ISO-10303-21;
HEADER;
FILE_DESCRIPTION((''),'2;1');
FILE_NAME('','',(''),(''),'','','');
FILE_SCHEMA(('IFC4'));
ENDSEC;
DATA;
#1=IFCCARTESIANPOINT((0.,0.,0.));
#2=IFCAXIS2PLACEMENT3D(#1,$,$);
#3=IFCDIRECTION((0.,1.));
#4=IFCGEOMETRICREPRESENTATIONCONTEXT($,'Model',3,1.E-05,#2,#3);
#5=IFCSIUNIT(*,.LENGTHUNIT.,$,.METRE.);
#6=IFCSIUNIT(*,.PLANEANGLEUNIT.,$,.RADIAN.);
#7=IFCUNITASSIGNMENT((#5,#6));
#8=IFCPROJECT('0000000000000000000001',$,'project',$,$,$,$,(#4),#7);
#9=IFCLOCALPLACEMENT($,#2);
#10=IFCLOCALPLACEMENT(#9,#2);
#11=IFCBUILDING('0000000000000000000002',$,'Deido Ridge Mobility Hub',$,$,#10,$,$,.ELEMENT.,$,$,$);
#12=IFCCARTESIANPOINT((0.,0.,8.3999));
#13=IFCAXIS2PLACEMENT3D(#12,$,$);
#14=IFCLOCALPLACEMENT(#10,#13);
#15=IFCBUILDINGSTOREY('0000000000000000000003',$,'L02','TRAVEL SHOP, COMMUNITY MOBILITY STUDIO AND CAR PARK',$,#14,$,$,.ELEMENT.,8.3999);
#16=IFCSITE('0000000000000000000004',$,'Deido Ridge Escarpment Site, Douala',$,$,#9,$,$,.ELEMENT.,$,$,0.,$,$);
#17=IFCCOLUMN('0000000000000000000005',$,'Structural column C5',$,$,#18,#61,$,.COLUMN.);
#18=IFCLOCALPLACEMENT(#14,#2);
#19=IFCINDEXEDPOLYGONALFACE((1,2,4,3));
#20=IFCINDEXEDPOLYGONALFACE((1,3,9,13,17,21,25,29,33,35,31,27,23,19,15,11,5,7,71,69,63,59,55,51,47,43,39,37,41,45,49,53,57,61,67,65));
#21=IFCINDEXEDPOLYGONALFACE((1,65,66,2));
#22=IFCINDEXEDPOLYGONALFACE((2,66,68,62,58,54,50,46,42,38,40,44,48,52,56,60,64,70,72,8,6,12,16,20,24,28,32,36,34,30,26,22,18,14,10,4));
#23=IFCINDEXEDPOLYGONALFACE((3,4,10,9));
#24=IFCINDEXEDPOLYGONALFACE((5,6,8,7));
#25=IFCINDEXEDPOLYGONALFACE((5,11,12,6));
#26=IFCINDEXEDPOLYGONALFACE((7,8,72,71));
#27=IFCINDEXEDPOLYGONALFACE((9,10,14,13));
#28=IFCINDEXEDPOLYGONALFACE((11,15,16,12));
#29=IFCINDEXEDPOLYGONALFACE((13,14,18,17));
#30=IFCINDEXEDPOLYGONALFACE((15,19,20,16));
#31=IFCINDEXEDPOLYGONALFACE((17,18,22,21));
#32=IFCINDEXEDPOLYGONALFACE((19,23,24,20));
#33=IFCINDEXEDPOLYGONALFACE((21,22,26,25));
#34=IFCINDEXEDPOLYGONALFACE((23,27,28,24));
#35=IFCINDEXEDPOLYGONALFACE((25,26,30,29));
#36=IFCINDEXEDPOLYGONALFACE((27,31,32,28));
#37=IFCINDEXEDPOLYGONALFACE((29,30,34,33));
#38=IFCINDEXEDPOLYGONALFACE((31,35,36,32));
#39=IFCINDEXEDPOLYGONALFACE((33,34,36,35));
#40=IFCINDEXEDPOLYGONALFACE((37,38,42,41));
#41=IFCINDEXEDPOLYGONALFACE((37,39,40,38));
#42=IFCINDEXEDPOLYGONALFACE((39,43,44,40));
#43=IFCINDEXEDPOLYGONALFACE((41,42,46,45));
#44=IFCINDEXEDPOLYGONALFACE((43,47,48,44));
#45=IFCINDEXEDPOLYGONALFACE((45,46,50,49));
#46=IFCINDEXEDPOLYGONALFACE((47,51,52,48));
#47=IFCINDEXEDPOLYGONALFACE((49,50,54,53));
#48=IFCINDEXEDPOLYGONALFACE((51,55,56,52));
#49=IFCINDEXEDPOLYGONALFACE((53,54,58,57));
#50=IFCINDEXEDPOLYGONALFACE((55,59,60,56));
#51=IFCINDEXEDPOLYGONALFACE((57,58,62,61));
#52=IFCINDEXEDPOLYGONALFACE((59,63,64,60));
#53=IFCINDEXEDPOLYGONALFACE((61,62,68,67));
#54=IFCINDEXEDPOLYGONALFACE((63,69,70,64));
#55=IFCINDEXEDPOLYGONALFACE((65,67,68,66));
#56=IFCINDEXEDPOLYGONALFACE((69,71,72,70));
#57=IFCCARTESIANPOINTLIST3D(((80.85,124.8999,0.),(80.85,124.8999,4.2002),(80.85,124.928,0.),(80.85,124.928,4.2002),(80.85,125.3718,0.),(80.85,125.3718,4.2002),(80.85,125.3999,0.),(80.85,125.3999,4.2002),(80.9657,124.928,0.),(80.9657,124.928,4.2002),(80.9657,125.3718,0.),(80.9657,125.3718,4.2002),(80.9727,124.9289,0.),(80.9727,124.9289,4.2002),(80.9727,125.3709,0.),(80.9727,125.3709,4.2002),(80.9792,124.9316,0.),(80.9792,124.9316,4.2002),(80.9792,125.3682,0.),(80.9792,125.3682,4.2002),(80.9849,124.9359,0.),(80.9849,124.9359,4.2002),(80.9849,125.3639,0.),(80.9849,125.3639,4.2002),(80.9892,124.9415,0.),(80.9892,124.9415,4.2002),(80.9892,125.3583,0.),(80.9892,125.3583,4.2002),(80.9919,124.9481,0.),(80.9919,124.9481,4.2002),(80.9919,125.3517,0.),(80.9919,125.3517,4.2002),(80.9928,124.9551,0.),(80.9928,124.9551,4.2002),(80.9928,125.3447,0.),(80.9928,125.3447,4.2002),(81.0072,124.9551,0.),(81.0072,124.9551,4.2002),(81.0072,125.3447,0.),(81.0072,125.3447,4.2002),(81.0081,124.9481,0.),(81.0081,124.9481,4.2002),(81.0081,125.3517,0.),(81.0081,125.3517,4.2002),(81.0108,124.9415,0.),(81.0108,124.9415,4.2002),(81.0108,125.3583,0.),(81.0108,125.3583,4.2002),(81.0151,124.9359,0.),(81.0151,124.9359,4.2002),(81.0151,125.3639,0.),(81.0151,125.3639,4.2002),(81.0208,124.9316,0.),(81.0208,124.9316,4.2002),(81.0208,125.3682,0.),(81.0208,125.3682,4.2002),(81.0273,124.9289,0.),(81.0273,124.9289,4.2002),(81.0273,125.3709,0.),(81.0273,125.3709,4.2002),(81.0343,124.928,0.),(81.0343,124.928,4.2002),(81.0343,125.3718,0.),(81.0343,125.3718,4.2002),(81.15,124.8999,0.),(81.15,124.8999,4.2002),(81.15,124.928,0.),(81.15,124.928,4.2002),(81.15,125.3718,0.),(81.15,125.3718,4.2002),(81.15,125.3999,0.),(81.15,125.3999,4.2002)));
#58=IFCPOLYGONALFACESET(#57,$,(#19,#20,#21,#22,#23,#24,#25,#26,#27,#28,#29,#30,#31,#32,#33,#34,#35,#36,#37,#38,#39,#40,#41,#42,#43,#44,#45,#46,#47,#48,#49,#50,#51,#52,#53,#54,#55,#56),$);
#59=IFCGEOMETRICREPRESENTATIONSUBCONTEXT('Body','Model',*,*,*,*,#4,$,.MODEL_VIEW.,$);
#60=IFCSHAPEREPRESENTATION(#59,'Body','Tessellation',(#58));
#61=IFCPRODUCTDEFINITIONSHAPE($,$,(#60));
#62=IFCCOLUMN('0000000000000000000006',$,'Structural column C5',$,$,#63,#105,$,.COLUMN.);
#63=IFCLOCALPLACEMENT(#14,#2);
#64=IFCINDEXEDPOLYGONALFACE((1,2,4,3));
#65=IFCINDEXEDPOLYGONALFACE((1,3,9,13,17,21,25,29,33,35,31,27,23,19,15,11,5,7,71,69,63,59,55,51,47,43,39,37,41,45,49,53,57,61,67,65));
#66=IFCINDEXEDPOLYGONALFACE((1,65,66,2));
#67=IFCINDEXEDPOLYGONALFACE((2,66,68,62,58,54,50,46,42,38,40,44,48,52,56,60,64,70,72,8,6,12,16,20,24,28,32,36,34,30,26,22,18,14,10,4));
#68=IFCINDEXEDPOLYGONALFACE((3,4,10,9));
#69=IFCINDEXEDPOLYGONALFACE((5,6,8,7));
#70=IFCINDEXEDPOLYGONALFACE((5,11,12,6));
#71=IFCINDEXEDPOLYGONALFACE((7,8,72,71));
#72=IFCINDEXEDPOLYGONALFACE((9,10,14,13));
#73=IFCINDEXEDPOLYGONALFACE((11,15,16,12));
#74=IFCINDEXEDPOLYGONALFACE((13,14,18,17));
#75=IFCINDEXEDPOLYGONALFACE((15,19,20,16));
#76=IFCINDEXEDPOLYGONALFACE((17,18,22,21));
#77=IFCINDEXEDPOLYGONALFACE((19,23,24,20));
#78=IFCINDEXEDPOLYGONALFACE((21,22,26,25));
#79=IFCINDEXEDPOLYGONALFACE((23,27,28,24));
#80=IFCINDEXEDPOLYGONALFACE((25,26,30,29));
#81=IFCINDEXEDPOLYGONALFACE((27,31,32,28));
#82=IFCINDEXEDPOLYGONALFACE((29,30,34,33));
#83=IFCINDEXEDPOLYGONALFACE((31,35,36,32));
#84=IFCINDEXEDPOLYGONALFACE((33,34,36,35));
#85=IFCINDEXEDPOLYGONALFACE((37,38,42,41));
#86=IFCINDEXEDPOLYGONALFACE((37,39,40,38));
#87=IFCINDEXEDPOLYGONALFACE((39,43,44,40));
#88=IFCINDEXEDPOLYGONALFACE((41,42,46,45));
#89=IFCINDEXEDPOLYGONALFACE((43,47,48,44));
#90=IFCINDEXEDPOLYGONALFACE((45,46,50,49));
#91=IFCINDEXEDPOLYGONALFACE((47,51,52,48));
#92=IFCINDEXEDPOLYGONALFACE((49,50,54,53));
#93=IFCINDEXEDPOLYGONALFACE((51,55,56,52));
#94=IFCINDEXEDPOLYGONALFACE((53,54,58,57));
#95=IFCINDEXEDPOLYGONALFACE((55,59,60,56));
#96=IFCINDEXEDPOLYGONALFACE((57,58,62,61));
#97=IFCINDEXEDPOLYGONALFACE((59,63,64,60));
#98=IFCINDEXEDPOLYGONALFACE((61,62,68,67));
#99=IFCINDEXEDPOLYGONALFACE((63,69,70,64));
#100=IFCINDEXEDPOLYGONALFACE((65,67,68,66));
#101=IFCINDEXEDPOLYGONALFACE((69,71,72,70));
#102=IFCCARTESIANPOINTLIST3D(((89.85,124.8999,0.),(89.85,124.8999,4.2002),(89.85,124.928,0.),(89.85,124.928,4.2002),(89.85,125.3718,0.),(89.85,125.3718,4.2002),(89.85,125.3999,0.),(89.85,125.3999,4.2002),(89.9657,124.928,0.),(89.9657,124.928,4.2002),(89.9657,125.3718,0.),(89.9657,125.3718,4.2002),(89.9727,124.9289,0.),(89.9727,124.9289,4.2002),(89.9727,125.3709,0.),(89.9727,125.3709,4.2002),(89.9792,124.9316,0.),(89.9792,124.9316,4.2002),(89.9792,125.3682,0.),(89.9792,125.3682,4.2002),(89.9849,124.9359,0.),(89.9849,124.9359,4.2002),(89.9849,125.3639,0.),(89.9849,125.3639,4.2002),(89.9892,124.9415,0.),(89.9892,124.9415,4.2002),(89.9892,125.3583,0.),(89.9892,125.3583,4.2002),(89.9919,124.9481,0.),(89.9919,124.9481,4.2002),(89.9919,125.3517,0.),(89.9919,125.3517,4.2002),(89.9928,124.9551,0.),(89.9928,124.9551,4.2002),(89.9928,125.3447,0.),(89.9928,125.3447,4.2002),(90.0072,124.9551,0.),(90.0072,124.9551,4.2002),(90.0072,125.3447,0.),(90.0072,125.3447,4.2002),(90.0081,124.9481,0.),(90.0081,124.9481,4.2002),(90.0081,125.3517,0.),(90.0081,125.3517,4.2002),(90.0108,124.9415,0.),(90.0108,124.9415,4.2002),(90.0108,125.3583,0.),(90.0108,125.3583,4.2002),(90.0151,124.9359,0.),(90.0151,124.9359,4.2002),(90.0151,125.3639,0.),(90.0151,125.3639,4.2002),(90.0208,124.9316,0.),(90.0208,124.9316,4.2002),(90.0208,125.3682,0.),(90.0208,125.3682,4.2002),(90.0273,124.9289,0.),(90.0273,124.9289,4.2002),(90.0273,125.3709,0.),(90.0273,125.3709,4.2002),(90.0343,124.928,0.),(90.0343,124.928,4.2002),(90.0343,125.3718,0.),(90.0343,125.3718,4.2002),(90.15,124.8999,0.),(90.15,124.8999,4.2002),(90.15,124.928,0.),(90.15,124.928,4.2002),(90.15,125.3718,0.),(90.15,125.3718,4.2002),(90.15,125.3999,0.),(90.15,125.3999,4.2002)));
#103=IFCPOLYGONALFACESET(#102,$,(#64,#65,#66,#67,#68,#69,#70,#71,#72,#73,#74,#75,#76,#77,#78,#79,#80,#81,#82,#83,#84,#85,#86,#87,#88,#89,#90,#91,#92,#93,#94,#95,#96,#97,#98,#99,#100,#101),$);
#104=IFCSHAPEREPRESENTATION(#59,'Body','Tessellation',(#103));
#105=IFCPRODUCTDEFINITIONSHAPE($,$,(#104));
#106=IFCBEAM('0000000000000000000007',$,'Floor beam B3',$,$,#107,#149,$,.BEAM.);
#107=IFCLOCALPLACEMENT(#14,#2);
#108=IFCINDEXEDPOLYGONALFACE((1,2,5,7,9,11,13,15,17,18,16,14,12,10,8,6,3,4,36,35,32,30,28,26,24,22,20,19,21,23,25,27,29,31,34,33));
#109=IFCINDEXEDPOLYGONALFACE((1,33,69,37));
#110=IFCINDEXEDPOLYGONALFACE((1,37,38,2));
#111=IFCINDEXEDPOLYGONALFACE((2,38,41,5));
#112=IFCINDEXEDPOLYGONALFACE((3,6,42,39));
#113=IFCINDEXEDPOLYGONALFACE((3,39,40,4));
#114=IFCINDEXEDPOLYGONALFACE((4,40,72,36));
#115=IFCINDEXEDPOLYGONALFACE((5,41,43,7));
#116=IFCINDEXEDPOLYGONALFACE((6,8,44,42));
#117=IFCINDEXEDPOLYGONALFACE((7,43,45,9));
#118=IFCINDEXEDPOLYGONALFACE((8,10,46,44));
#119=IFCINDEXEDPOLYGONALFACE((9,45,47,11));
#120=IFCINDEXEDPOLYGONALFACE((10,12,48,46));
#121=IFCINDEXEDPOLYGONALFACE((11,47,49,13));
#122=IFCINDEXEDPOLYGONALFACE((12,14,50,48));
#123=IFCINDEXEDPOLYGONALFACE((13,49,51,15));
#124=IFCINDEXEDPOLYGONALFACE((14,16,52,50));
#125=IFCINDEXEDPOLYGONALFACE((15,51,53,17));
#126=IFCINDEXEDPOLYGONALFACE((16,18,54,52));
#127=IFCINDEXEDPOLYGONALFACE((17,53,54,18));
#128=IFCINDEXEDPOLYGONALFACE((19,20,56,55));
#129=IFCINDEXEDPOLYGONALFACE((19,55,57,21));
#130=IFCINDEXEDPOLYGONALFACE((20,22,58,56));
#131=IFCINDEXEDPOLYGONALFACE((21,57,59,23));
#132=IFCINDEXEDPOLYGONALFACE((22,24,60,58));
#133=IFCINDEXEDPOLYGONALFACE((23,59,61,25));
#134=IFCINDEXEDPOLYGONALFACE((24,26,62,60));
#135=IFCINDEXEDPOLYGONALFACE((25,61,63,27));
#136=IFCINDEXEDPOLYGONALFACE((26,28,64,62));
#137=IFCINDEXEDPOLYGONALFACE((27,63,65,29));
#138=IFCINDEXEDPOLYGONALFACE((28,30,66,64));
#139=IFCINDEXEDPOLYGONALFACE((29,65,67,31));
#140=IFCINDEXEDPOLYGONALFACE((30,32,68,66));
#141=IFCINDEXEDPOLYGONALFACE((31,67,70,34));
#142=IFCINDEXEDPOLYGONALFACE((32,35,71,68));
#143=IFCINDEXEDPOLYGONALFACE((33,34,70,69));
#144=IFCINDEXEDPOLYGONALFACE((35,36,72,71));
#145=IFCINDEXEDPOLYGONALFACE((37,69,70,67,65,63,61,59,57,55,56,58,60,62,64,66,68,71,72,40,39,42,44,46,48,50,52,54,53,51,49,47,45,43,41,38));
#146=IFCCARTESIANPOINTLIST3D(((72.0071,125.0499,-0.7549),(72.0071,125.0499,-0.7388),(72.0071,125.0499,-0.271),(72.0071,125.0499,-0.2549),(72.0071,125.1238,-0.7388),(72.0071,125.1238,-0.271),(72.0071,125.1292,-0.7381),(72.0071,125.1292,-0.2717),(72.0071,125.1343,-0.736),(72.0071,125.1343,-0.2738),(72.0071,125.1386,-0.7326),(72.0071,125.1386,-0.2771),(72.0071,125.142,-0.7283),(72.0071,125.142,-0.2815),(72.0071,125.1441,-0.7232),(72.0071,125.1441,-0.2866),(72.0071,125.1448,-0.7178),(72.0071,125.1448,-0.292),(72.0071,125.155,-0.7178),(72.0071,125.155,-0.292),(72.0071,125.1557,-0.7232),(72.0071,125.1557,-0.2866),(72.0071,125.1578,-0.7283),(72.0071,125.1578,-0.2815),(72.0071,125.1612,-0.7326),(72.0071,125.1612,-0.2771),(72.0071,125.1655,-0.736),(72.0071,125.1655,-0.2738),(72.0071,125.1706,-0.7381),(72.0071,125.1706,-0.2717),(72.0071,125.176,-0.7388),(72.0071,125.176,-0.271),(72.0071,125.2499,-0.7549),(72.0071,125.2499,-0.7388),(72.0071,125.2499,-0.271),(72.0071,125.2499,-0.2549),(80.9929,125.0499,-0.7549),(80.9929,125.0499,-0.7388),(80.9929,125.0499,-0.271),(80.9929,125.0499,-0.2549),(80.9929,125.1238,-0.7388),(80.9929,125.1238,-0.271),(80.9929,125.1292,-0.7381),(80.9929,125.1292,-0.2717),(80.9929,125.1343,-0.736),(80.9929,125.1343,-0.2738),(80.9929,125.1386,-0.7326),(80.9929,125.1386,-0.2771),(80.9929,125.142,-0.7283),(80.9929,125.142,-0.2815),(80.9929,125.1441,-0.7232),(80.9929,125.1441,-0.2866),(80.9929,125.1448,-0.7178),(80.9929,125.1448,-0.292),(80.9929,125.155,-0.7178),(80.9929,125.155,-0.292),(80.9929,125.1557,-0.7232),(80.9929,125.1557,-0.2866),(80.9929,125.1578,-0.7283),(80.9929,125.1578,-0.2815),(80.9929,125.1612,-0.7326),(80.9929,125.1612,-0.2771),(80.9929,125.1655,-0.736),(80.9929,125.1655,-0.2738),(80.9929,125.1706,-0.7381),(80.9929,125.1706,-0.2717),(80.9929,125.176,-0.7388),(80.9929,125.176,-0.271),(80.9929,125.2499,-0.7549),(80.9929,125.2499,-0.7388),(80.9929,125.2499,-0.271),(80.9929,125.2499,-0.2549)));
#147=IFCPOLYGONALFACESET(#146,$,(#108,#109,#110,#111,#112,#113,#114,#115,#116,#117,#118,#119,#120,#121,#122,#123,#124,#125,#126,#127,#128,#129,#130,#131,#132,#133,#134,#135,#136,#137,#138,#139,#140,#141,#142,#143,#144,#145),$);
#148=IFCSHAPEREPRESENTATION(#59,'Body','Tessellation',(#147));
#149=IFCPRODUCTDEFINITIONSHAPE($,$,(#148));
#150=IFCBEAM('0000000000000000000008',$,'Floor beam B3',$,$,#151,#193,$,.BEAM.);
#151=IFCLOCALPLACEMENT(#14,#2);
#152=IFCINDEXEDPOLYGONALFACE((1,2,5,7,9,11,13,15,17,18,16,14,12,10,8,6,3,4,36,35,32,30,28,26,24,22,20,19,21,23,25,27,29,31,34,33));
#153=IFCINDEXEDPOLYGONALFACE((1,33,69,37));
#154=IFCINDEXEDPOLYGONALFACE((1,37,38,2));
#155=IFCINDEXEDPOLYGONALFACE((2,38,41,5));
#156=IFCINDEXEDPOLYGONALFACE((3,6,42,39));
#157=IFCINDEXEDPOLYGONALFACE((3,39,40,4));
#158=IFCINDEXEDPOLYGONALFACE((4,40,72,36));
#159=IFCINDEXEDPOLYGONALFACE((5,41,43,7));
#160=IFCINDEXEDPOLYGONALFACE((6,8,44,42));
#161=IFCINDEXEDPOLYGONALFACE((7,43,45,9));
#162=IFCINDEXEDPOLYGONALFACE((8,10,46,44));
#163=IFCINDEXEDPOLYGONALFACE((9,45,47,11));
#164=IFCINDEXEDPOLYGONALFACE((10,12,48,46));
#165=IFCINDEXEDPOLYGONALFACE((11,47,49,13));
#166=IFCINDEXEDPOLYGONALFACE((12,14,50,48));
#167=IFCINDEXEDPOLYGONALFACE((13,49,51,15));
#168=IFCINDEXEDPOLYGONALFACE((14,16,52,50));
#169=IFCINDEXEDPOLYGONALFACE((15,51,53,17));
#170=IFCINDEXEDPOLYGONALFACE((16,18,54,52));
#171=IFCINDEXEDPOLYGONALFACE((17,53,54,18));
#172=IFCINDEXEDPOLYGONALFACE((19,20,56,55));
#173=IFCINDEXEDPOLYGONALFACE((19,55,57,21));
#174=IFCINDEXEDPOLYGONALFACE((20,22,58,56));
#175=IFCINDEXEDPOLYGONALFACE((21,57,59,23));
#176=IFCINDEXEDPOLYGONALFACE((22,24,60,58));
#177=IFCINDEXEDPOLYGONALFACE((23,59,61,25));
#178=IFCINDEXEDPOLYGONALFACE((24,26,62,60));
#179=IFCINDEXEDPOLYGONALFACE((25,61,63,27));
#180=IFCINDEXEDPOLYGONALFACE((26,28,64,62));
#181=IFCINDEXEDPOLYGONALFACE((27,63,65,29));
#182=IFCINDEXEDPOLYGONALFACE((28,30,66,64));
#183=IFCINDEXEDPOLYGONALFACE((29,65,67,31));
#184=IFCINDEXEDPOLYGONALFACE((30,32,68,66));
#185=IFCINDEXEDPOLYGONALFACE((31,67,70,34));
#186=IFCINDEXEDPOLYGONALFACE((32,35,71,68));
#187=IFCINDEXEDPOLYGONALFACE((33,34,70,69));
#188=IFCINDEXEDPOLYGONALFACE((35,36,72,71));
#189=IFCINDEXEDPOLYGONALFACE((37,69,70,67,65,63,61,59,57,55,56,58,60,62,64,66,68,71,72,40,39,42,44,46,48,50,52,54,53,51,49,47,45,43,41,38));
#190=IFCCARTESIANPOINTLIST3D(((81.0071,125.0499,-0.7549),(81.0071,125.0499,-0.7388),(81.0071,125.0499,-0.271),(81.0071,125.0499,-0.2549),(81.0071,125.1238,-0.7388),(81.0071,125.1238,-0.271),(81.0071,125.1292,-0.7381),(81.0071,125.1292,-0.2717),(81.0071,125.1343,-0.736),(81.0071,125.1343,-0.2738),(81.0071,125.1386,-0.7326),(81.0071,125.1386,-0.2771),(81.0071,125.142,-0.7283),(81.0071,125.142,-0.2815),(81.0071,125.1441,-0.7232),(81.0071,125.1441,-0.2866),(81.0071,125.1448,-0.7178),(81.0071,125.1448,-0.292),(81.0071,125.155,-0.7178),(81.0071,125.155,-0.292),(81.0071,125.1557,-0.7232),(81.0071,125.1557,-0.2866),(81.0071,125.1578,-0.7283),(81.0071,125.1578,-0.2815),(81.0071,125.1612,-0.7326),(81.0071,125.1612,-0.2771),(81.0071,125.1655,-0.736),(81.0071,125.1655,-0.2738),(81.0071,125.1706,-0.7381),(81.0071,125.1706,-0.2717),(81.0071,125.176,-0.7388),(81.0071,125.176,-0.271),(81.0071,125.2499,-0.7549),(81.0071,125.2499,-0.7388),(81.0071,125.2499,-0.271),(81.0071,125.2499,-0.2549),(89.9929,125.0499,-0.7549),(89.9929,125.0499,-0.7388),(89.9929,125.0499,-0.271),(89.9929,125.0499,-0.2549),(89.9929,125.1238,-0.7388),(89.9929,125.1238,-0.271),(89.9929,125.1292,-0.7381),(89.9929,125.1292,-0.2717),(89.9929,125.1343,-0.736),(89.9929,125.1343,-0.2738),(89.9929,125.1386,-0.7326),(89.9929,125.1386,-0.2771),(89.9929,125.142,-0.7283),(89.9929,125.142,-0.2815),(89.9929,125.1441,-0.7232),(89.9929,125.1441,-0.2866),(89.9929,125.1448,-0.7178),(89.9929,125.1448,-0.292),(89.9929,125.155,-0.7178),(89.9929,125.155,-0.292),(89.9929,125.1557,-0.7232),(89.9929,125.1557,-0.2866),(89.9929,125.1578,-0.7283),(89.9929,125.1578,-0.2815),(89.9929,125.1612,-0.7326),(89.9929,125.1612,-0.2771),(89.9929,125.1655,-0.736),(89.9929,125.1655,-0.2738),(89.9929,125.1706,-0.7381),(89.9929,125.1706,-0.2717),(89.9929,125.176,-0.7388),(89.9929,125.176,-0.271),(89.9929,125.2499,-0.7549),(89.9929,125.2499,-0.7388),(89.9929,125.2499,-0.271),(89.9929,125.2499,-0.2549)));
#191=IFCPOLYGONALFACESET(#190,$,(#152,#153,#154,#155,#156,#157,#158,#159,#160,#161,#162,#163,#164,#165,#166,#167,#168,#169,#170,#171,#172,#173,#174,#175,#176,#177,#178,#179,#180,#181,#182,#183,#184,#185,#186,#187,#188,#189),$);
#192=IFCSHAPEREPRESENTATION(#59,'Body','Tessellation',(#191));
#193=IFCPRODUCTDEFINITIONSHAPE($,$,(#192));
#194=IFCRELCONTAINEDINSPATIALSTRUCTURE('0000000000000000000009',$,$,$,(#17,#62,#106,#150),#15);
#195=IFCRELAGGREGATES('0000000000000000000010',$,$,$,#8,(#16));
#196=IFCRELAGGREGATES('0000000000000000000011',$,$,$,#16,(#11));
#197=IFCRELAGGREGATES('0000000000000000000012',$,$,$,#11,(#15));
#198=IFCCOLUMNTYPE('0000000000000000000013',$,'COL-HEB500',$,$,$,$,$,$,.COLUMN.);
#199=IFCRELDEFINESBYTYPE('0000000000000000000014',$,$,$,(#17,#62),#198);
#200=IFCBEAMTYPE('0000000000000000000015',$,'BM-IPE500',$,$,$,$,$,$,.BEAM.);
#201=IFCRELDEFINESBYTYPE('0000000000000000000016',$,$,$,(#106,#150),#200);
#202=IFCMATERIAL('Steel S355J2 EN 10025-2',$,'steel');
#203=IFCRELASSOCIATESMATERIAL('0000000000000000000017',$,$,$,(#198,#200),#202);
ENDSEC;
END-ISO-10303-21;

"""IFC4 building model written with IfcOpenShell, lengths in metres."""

from ifc_helpers import new_model, si_unit, direction, frame, origin, origin_2d, place, context, subcontext, project, spatial, i_section, extrude, material, material_profile, profile_set, type_object, element, save


model = new_model("IFC4")

# Units and contexts
model_context = context("Model", 3, precision=1e-05, world=origin(), true_north=direction((0.0, 1.0)))
body_context = subcontext(model_context, "Body", "Model", "MODEL_VIEW")
ifc_project = project(units=[si_unit("LENGTHUNIT", "METRE"), si_unit("PLANEANGLEUNIT", "RADIAN")], contexts=[model_context])

# Site, building, storey
site_placement = place(None, origin())
site = spatial("IfcSite", under=ifc_project, at=site_placement, Name="Deido Ridge Escarpment Site, Douala", CompositionType="ELEMENT", RefElevation=0.0)
building_placement = place(site_placement, origin())
building = spatial("IfcBuilding", under=site, at=building_placement, Name="Deido Ridge Mobility Hub", CompositionType="ELEMENT")
storey_placement = place(building_placement, frame((0.0, 0.0, 8.3999)))
storey = spatial("IfcBuildingStorey", under=building, at=storey_placement, Name="L02", Description="TRAVEL SHOP, COMMUNITY MOBILITY STUDIO AND CAR PARK", CompositionType="ELEMENT", Elevation=8.3999)

# Columns
ifc_material_1 = material(Name="Steel S355J2 EN 10025-2", Category="steel")
ifc_material_profile_1 = material_profile(ifc_material_1, i_section(OverallWidth=0.3, OverallDepth=0.5, WebThickness=0.0144, FlangeThickness=0.0281, FilletRadius=0.0271, at=origin_2d()), Name="HEB 500")
ifc_profile_set_1 = profile_set([ifc_material_profile_1], Name="Steel S355J2 EN 10025-2")
column_type = type_object("IfcColumnType", Name="COL-HEB500", PredefinedType="COLUMN", material=ifc_profile_set_1)
for number, where, z_axis, x_axis, name in (
    (1, (81.0, 125.1499, 0.0), (0.0, 0.0, 1.0), (1.0, 0.0, 0.0), "Structural column C5"),
    (2, (90.0, 125.1499, 0.0), (0.0, 0.0, 1.0), (1.0, 0.0, 0.0), "Structural column C5"),
):
    element("IfcColumn", number, at=place(storey_placement, frame(where, z_axis=z_axis, x_axis=x_axis)), inside=storey, type_object=column_type, Name=name, PredefinedType="COLUMN", context=body_context, shape_type="SweptSolid", body=[
        extrude(i_section(OverallWidth=0.3, OverallDepth=0.5, WebThickness=0.0144, FlangeThickness=0.0281, FilletRadius=0.0271, at=origin_2d()), origin(), (0.0, 0.0, 1.0), 4.2002),
    ])

# Beams
ifc_material_profile_2 = material_profile(ifc_material_1, i_section(OverallWidth=0.2, OverallDepth=0.5, WebThickness=0.0103, FlangeThickness=0.0161, FilletRadius=0.021, at=origin_2d()), Name="IPE 500")
ifc_profile_set_2 = profile_set([ifc_material_profile_2], Name="Steel S355J2 EN 10025-2")
beam_type_1 = type_object("IfcBeamType", Name="BM-IPE500", PredefinedType="BEAM", material=ifc_profile_set_2)
for number, where, z_axis, x_axis, name in (
    (3, (72.0071, 125.1499, -0.5049), (1.0, 0.0, 0.0), (0.0, 1.0, 0.0), "Floor beam B3"),
    (4, (81.0071, 125.1499, -0.5049), (1.0, 0.0, 0.0), (0.0, 1.0, 0.0), "Floor beam B3"),
):
    element("IfcBeam", number, at=place(storey_placement, frame(where, z_axis=z_axis, x_axis=x_axis)), inside=storey, type_object=beam_type_1, Name=name, PredefinedType="BEAM", context=body_context, shape_type="SweptSolid", body=[
        extrude(i_section(OverallWidth=0.2, OverallDepth=0.5, WebThickness=0.0103, FlangeThickness=0.0161, FilletRadius=0.021, at=origin_2d()), origin(), (0.0, 0.0, 1.0), 8.9858),
    ])

save(model, "model.ifc")
